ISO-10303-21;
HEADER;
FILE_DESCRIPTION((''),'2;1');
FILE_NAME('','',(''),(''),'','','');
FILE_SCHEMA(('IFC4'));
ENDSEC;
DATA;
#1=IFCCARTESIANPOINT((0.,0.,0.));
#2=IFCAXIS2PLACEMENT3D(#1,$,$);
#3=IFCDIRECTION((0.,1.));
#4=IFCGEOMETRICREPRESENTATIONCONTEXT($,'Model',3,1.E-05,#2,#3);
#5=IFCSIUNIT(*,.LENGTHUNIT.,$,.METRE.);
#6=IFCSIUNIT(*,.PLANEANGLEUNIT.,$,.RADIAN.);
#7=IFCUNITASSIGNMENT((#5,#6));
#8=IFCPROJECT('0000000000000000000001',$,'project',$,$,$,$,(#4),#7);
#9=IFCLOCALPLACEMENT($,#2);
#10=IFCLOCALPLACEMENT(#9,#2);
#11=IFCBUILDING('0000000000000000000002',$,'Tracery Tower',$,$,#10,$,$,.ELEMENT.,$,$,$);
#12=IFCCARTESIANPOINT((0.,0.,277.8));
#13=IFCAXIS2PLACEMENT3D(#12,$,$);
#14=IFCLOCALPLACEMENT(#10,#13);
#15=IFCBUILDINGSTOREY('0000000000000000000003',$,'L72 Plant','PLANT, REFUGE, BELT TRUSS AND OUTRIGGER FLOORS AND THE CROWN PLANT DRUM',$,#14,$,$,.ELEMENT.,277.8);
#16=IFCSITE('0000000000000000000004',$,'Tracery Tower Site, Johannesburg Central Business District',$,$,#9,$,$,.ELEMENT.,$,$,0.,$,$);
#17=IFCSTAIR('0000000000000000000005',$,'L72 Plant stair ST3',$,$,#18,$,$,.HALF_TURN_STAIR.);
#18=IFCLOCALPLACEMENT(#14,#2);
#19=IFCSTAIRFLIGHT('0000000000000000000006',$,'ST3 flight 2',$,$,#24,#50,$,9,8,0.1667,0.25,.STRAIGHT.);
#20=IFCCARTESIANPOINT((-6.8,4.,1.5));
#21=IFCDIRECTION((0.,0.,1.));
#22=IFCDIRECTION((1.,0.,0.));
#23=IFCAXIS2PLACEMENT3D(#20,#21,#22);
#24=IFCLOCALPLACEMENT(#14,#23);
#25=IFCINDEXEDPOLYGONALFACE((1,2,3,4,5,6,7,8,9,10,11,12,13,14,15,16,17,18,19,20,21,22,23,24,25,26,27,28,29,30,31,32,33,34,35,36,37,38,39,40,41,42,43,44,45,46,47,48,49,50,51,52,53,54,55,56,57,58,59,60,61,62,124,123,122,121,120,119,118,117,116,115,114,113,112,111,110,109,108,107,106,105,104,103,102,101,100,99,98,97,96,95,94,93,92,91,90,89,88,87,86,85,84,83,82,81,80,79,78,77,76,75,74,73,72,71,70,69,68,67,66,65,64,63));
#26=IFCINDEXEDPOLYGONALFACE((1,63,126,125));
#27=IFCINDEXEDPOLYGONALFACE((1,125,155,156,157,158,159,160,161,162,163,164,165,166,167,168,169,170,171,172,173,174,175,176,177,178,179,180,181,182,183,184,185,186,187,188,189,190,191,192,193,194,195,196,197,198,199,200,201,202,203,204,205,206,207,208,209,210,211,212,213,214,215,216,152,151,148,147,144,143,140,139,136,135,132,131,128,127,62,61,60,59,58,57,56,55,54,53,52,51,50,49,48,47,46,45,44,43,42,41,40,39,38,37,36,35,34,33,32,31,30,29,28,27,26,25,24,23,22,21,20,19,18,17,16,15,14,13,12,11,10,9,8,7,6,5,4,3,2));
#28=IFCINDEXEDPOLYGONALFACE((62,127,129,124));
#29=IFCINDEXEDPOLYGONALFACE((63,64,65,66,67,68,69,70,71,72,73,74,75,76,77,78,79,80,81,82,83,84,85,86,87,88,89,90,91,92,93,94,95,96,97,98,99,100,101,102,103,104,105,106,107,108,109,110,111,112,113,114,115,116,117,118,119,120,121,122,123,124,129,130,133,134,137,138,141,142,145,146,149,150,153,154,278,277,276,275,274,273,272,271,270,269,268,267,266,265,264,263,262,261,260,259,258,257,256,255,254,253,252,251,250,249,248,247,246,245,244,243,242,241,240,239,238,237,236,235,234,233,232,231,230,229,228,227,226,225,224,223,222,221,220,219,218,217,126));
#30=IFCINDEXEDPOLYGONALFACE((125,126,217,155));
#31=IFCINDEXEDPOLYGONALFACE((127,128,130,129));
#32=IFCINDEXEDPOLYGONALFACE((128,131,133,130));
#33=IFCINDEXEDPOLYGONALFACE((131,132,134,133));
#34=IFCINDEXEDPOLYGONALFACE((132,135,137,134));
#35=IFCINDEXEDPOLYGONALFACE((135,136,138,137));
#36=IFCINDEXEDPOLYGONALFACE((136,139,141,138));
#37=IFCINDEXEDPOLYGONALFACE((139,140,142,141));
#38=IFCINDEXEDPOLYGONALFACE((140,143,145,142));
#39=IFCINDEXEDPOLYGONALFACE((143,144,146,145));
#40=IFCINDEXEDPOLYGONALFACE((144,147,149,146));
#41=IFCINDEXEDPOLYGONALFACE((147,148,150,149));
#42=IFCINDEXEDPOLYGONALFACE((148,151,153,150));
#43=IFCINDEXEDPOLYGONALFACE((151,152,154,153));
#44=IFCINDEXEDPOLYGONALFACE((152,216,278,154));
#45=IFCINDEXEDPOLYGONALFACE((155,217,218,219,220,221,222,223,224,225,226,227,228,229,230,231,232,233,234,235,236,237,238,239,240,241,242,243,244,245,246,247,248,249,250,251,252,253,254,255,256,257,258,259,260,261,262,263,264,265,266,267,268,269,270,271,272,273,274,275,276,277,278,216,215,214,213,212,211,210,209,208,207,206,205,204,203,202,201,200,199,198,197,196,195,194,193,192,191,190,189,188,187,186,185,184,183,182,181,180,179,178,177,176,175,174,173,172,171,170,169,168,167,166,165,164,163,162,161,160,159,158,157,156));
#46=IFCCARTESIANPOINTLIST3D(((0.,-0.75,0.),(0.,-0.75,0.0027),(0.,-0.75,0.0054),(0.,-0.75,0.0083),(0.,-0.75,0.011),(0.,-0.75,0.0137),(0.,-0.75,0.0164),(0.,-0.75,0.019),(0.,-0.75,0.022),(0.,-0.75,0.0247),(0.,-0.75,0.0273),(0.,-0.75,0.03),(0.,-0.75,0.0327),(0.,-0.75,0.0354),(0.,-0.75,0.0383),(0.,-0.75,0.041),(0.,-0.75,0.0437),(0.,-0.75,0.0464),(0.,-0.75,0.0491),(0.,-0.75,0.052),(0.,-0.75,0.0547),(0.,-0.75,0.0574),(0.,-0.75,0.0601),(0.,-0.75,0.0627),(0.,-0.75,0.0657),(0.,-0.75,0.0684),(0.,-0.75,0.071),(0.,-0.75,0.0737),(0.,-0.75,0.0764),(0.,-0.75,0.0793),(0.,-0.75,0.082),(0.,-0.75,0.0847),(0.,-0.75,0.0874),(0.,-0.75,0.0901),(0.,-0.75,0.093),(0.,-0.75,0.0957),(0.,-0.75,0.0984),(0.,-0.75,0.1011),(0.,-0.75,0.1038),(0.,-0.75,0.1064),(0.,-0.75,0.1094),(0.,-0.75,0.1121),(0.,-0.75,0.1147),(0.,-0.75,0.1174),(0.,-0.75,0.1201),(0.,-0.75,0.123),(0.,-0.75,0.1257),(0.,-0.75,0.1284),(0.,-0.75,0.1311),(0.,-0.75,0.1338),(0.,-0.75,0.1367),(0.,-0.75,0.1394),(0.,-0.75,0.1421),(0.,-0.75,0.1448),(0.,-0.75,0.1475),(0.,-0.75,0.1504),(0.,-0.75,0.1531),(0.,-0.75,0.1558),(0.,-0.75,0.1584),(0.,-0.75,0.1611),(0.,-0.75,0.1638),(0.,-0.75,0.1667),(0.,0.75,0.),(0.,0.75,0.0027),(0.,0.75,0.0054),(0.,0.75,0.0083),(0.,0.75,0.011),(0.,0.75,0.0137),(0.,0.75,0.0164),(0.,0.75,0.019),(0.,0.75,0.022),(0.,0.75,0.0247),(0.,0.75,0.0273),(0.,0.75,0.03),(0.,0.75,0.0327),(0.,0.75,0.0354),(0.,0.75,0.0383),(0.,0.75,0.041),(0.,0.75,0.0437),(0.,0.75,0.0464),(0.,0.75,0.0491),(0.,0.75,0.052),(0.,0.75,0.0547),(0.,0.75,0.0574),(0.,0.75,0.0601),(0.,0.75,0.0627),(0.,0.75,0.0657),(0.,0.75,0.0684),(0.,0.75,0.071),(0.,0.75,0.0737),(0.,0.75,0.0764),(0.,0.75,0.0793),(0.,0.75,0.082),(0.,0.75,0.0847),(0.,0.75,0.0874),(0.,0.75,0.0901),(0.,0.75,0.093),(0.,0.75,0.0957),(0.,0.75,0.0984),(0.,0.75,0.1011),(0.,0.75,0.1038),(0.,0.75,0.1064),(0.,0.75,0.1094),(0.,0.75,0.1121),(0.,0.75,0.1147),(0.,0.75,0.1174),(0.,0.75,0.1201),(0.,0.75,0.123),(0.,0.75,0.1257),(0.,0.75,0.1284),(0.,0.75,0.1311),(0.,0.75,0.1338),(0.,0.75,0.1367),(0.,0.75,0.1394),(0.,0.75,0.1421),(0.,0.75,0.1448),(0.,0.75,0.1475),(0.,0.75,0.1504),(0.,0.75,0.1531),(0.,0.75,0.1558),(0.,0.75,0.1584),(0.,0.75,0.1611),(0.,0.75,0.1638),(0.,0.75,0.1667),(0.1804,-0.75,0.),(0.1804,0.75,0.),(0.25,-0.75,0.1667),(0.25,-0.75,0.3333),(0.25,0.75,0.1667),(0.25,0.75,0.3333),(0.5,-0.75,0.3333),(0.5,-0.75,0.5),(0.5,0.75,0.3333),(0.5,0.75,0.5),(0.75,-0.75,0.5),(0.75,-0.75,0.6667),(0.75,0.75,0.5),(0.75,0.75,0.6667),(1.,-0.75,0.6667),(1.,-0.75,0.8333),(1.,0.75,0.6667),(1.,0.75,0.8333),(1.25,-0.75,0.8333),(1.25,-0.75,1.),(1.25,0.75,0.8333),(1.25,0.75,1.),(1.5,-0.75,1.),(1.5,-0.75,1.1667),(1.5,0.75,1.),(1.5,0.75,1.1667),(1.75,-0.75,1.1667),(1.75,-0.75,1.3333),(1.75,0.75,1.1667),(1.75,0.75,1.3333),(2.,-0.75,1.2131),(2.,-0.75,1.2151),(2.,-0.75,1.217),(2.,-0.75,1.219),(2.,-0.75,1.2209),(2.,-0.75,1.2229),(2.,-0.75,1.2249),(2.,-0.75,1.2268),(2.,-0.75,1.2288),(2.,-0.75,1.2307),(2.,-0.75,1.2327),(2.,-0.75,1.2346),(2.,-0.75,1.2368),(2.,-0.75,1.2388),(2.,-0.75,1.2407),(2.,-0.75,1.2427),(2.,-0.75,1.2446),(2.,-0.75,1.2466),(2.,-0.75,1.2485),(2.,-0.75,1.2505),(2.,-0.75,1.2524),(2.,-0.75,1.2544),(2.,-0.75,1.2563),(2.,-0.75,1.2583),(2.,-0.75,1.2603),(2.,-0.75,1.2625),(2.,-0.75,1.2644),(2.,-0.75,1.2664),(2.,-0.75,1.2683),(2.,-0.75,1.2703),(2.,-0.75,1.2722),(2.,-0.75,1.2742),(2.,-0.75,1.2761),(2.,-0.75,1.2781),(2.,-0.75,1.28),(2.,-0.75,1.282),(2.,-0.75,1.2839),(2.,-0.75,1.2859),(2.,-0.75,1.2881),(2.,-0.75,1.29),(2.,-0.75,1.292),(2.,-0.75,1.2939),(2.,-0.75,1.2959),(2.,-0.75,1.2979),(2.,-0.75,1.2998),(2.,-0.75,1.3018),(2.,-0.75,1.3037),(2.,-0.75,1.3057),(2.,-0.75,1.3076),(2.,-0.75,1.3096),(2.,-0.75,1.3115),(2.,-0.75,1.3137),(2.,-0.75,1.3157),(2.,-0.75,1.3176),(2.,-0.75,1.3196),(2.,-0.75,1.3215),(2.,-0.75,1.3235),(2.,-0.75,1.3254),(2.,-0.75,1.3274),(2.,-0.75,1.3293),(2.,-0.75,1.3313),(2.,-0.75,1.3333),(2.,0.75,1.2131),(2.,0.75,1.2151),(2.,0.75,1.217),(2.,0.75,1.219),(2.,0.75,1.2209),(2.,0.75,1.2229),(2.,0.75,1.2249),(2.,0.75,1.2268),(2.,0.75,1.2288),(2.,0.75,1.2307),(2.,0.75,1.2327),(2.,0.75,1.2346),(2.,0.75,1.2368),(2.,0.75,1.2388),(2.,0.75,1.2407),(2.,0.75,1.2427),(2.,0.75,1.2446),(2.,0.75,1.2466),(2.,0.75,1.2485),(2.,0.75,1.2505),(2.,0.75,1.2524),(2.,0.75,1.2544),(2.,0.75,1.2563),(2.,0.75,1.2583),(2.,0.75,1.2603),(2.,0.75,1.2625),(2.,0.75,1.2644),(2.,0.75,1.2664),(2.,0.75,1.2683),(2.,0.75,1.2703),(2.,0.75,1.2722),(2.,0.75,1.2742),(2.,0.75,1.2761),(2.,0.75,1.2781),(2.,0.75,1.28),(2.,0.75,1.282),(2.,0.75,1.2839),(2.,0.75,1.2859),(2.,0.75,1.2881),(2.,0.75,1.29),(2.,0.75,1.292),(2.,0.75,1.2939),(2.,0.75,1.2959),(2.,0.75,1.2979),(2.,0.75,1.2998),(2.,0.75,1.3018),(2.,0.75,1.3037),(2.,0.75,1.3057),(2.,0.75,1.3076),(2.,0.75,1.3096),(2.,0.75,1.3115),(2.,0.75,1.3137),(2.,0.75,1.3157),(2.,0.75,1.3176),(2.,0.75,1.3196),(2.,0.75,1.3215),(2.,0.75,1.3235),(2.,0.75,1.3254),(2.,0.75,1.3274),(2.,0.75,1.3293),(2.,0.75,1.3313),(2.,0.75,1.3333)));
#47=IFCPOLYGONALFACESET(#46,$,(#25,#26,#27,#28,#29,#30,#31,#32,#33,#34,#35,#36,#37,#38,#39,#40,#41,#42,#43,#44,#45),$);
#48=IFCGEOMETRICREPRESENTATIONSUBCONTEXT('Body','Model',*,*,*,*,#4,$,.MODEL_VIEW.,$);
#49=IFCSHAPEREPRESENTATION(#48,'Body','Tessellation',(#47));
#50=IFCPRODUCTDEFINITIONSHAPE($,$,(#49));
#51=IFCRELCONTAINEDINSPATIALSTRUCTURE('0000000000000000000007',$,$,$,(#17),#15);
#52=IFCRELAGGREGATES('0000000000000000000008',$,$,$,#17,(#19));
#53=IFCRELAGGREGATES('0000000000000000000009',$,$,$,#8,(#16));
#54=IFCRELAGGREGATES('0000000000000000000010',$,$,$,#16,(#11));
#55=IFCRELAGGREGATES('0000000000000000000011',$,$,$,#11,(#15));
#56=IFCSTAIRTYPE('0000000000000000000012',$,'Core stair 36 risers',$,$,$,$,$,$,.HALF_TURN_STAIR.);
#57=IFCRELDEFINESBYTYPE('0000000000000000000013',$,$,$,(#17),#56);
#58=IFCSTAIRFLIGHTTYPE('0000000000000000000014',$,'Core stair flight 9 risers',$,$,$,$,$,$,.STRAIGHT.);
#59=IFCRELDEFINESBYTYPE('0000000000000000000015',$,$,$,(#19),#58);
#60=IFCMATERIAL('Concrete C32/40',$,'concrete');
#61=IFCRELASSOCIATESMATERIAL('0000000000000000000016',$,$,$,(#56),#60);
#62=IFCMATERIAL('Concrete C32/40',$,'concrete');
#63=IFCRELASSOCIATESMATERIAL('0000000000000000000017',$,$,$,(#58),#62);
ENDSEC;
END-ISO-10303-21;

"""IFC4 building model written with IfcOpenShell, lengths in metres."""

from ifc_helpers import new_model, si_unit, direction, frame, origin, place, context, subcontext, project, spatial, polyline, outline, extrude, material, type_object, element, aggregate, save


model = new_model("IFC4")

# Units and contexts
model_context = context("Model", 3, precision=1e-05, world=origin(), true_north=direction((0.0, 1.0)))
body_context = subcontext(model_context, "Body", "Model", "MODEL_VIEW")
ifc_project = project(units=[si_unit("LENGTHUNIT", "METRE"), si_unit("PLANEANGLEUNIT", "RADIAN")], contexts=[model_context])

# Site, building, storey
site_placement = place(None, origin())
site = spatial("IfcSite", under=ifc_project, at=site_placement, Name="Tracery Tower Site, Johannesburg Central Business District", CompositionType="ELEMENT", RefElevation=0.0)
building_placement = place(site_placement, origin())
building = spatial("IfcBuilding", under=site, at=building_placement, Name="Tracery Tower", CompositionType="ELEMENT")
storey_placement = place(building_placement, frame((0.0, 0.0, 277.8)))
storey = spatial("IfcBuildingStorey", under=building, at=storey_placement, Name="L72 Plant", Description="PLANT, REFUGE, BELT TRUSS AND OUTRIGGER FLOORS AND THE CROWN PLANT DRUM", CompositionType="ELEMENT", Elevation=277.8)

# Stair, stair flight
ifc_material_1 = material(Name="Concrete C32/40", Category="concrete")
stair_type = type_object("IfcStairType", Name="Core stair 36 risers", PredefinedType="HALF_TURN_STAIR", material=ifc_material_1)
stair_placement = place(storey_placement, origin())
stair = element("IfcStair", 1, at=stair_placement, inside=storey, type_object=stair_type, Name="L72 Plant stair ST3", PredefinedType="HALF_TURN_STAIR")
ifc_material_2 = material(Name="Concrete C32/40", Category="concrete")
stair_flight_type = type_object("IfcStairFlightType", Name="Core stair flight 9 risers", PredefinedType="STRAIGHT", material=ifc_material_2)
stair_flight_1_placement = place(storey_placement, frame((-6.8, 4.0, 1.5), z_axis=(0.0, 0.0, 1.0), x_axis=(1.0, 0.0, 0.0)))
stair_flight_1 = element("IfcStairFlight", 2, at=stair_flight_1_placement, type_object=stair_flight_type, Name="ST3 flight 2", NumberOfRisers=9, NumberOfTreads=8, PredefinedType="STRAIGHT", RiserHeight=0.1667, TreadLength=0.25, context=body_context, shape_type="SweptSolid", body=[
    extrude(outline(polyline([(0.0, 0.0), (0.0, 0.0027), (0.0, 0.0054), (0.0, 0.0083), (0.0, 0.011), (0.0, 0.0137), (0.0, 0.0164), (0.0, 0.019), (0.0, 0.022), (0.0, 0.0247), (0.0, 0.0273), (0.0, 0.03), (0.0, 0.0327), (0.0, 0.0354), (0.0, 0.0383), (0.0, 0.041), (0.0, 0.0437), (0.0, 0.0464), (0.0, 0.0491), (0.0, 0.052), (0.0, 0.0547), (0.0, 0.0574), (0.0, 0.0601), (0.0, 0.0627), (0.0, 0.0657), (0.0, 0.0684), (0.0, 0.071), (0.0, 0.0737), (0.0, 0.0764), (0.0, 0.0793), (0.0, 0.082), (0.0, 0.0847), (0.0, 0.0874), (0.0, 0.0901), (0.0, 0.093), (0.0, 0.0957), (0.0, 0.0984), (0.0, 0.1011), (0.0, 0.1038), (0.0, 0.1064), (0.0, 0.1094), (0.0, 0.1121), (0.0, 0.1147), (0.0, 0.1174), (0.0, 0.1201), (0.0, 0.123), (0.0, 0.1257), (0.0, 0.1284), (0.0, 0.1311), (0.0, 0.1338), (0.0, 0.1367), (0.0, 0.1394), (0.0, 0.1421), (0.0, 0.1448), (0.0, 0.1475), (0.0, 0.1504), (0.0, 0.1531), (0.0, 0.1558), (0.0, 0.1584), (0.0, 0.1611), (0.0, 0.1638), (0.0, 0.1667), (0.25, 0.1667), (0.25, 0.3333), (0.5, 0.3333), (0.5, 0.5), (0.75, 0.5), (0.75, 0.6667), (1.0, 0.6667), (1.0, 0.8333), (1.25, 0.8333), (1.25, 1.0), (1.5, 1.0), (1.5, 1.1667), (1.75, 1.1667), (1.75, 1.3333), (2.0, 1.3333), (2.0, 1.3313), (2.0, 1.3293), (2.0, 1.3274), (2.0, 1.3254), (2.0, 1.3235), (2.0, 1.3215), (2.0, 1.3196), (2.0, 1.3176), (2.0, 1.3157), (2.0, 1.3137), (2.0, 1.3115), (2.0, 1.3096), (2.0, 1.3076), (2.0, 1.3057), (2.0, 1.3037), (2.0, 1.3018), (2.0, 1.2998), (2.0, 1.2979), (2.0, 1.2959), (2.0, 1.2939), (2.0, 1.292), (2.0, 1.29), (2.0, 1.2881), (2.0, 1.2859), (2.0, 1.2839), (2.0, 1.282), (2.0, 1.28), (2.0, 1.2781), (2.0, 1.2761), (2.0, 1.2742), (2.0, 1.2722), (2.0, 1.2703), (2.0, 1.2683), (2.0, 1.2664), (2.0, 1.2644), (2.0, 1.2625), (2.0, 1.2603), (2.0, 1.2583), (2.0, 1.2563), (2.0, 1.2544), (2.0, 1.2524), (2.0, 1.2505), (2.0, 1.2485), (2.0, 1.2466), (2.0, 1.2446), (2.0, 1.2427), (2.0, 1.2407), (2.0, 1.2388), (2.0, 1.2368), (2.0, 1.2346), (2.0, 1.2327), (2.0, 1.2307), (2.0, 1.2288), (2.0, 1.2268), (2.0, 1.2249), (2.0, 1.2229), (2.0, 1.2209), (2.0, 1.219), (2.0, 1.217), (2.0, 1.2151), (2.0, 1.2131), (0.1804, 0.0), (0.0, 0.0)])), frame((0.0, 0.75, 0.0), z_axis=(0.0, -1.0, 0.0), x_axis=(1.0, 0.0, 0.0)), (0.0, 0.0, 1.0), 1.5),
])
aggregate(stair, [stair_flight_1])

save(model, "model.ifc")
